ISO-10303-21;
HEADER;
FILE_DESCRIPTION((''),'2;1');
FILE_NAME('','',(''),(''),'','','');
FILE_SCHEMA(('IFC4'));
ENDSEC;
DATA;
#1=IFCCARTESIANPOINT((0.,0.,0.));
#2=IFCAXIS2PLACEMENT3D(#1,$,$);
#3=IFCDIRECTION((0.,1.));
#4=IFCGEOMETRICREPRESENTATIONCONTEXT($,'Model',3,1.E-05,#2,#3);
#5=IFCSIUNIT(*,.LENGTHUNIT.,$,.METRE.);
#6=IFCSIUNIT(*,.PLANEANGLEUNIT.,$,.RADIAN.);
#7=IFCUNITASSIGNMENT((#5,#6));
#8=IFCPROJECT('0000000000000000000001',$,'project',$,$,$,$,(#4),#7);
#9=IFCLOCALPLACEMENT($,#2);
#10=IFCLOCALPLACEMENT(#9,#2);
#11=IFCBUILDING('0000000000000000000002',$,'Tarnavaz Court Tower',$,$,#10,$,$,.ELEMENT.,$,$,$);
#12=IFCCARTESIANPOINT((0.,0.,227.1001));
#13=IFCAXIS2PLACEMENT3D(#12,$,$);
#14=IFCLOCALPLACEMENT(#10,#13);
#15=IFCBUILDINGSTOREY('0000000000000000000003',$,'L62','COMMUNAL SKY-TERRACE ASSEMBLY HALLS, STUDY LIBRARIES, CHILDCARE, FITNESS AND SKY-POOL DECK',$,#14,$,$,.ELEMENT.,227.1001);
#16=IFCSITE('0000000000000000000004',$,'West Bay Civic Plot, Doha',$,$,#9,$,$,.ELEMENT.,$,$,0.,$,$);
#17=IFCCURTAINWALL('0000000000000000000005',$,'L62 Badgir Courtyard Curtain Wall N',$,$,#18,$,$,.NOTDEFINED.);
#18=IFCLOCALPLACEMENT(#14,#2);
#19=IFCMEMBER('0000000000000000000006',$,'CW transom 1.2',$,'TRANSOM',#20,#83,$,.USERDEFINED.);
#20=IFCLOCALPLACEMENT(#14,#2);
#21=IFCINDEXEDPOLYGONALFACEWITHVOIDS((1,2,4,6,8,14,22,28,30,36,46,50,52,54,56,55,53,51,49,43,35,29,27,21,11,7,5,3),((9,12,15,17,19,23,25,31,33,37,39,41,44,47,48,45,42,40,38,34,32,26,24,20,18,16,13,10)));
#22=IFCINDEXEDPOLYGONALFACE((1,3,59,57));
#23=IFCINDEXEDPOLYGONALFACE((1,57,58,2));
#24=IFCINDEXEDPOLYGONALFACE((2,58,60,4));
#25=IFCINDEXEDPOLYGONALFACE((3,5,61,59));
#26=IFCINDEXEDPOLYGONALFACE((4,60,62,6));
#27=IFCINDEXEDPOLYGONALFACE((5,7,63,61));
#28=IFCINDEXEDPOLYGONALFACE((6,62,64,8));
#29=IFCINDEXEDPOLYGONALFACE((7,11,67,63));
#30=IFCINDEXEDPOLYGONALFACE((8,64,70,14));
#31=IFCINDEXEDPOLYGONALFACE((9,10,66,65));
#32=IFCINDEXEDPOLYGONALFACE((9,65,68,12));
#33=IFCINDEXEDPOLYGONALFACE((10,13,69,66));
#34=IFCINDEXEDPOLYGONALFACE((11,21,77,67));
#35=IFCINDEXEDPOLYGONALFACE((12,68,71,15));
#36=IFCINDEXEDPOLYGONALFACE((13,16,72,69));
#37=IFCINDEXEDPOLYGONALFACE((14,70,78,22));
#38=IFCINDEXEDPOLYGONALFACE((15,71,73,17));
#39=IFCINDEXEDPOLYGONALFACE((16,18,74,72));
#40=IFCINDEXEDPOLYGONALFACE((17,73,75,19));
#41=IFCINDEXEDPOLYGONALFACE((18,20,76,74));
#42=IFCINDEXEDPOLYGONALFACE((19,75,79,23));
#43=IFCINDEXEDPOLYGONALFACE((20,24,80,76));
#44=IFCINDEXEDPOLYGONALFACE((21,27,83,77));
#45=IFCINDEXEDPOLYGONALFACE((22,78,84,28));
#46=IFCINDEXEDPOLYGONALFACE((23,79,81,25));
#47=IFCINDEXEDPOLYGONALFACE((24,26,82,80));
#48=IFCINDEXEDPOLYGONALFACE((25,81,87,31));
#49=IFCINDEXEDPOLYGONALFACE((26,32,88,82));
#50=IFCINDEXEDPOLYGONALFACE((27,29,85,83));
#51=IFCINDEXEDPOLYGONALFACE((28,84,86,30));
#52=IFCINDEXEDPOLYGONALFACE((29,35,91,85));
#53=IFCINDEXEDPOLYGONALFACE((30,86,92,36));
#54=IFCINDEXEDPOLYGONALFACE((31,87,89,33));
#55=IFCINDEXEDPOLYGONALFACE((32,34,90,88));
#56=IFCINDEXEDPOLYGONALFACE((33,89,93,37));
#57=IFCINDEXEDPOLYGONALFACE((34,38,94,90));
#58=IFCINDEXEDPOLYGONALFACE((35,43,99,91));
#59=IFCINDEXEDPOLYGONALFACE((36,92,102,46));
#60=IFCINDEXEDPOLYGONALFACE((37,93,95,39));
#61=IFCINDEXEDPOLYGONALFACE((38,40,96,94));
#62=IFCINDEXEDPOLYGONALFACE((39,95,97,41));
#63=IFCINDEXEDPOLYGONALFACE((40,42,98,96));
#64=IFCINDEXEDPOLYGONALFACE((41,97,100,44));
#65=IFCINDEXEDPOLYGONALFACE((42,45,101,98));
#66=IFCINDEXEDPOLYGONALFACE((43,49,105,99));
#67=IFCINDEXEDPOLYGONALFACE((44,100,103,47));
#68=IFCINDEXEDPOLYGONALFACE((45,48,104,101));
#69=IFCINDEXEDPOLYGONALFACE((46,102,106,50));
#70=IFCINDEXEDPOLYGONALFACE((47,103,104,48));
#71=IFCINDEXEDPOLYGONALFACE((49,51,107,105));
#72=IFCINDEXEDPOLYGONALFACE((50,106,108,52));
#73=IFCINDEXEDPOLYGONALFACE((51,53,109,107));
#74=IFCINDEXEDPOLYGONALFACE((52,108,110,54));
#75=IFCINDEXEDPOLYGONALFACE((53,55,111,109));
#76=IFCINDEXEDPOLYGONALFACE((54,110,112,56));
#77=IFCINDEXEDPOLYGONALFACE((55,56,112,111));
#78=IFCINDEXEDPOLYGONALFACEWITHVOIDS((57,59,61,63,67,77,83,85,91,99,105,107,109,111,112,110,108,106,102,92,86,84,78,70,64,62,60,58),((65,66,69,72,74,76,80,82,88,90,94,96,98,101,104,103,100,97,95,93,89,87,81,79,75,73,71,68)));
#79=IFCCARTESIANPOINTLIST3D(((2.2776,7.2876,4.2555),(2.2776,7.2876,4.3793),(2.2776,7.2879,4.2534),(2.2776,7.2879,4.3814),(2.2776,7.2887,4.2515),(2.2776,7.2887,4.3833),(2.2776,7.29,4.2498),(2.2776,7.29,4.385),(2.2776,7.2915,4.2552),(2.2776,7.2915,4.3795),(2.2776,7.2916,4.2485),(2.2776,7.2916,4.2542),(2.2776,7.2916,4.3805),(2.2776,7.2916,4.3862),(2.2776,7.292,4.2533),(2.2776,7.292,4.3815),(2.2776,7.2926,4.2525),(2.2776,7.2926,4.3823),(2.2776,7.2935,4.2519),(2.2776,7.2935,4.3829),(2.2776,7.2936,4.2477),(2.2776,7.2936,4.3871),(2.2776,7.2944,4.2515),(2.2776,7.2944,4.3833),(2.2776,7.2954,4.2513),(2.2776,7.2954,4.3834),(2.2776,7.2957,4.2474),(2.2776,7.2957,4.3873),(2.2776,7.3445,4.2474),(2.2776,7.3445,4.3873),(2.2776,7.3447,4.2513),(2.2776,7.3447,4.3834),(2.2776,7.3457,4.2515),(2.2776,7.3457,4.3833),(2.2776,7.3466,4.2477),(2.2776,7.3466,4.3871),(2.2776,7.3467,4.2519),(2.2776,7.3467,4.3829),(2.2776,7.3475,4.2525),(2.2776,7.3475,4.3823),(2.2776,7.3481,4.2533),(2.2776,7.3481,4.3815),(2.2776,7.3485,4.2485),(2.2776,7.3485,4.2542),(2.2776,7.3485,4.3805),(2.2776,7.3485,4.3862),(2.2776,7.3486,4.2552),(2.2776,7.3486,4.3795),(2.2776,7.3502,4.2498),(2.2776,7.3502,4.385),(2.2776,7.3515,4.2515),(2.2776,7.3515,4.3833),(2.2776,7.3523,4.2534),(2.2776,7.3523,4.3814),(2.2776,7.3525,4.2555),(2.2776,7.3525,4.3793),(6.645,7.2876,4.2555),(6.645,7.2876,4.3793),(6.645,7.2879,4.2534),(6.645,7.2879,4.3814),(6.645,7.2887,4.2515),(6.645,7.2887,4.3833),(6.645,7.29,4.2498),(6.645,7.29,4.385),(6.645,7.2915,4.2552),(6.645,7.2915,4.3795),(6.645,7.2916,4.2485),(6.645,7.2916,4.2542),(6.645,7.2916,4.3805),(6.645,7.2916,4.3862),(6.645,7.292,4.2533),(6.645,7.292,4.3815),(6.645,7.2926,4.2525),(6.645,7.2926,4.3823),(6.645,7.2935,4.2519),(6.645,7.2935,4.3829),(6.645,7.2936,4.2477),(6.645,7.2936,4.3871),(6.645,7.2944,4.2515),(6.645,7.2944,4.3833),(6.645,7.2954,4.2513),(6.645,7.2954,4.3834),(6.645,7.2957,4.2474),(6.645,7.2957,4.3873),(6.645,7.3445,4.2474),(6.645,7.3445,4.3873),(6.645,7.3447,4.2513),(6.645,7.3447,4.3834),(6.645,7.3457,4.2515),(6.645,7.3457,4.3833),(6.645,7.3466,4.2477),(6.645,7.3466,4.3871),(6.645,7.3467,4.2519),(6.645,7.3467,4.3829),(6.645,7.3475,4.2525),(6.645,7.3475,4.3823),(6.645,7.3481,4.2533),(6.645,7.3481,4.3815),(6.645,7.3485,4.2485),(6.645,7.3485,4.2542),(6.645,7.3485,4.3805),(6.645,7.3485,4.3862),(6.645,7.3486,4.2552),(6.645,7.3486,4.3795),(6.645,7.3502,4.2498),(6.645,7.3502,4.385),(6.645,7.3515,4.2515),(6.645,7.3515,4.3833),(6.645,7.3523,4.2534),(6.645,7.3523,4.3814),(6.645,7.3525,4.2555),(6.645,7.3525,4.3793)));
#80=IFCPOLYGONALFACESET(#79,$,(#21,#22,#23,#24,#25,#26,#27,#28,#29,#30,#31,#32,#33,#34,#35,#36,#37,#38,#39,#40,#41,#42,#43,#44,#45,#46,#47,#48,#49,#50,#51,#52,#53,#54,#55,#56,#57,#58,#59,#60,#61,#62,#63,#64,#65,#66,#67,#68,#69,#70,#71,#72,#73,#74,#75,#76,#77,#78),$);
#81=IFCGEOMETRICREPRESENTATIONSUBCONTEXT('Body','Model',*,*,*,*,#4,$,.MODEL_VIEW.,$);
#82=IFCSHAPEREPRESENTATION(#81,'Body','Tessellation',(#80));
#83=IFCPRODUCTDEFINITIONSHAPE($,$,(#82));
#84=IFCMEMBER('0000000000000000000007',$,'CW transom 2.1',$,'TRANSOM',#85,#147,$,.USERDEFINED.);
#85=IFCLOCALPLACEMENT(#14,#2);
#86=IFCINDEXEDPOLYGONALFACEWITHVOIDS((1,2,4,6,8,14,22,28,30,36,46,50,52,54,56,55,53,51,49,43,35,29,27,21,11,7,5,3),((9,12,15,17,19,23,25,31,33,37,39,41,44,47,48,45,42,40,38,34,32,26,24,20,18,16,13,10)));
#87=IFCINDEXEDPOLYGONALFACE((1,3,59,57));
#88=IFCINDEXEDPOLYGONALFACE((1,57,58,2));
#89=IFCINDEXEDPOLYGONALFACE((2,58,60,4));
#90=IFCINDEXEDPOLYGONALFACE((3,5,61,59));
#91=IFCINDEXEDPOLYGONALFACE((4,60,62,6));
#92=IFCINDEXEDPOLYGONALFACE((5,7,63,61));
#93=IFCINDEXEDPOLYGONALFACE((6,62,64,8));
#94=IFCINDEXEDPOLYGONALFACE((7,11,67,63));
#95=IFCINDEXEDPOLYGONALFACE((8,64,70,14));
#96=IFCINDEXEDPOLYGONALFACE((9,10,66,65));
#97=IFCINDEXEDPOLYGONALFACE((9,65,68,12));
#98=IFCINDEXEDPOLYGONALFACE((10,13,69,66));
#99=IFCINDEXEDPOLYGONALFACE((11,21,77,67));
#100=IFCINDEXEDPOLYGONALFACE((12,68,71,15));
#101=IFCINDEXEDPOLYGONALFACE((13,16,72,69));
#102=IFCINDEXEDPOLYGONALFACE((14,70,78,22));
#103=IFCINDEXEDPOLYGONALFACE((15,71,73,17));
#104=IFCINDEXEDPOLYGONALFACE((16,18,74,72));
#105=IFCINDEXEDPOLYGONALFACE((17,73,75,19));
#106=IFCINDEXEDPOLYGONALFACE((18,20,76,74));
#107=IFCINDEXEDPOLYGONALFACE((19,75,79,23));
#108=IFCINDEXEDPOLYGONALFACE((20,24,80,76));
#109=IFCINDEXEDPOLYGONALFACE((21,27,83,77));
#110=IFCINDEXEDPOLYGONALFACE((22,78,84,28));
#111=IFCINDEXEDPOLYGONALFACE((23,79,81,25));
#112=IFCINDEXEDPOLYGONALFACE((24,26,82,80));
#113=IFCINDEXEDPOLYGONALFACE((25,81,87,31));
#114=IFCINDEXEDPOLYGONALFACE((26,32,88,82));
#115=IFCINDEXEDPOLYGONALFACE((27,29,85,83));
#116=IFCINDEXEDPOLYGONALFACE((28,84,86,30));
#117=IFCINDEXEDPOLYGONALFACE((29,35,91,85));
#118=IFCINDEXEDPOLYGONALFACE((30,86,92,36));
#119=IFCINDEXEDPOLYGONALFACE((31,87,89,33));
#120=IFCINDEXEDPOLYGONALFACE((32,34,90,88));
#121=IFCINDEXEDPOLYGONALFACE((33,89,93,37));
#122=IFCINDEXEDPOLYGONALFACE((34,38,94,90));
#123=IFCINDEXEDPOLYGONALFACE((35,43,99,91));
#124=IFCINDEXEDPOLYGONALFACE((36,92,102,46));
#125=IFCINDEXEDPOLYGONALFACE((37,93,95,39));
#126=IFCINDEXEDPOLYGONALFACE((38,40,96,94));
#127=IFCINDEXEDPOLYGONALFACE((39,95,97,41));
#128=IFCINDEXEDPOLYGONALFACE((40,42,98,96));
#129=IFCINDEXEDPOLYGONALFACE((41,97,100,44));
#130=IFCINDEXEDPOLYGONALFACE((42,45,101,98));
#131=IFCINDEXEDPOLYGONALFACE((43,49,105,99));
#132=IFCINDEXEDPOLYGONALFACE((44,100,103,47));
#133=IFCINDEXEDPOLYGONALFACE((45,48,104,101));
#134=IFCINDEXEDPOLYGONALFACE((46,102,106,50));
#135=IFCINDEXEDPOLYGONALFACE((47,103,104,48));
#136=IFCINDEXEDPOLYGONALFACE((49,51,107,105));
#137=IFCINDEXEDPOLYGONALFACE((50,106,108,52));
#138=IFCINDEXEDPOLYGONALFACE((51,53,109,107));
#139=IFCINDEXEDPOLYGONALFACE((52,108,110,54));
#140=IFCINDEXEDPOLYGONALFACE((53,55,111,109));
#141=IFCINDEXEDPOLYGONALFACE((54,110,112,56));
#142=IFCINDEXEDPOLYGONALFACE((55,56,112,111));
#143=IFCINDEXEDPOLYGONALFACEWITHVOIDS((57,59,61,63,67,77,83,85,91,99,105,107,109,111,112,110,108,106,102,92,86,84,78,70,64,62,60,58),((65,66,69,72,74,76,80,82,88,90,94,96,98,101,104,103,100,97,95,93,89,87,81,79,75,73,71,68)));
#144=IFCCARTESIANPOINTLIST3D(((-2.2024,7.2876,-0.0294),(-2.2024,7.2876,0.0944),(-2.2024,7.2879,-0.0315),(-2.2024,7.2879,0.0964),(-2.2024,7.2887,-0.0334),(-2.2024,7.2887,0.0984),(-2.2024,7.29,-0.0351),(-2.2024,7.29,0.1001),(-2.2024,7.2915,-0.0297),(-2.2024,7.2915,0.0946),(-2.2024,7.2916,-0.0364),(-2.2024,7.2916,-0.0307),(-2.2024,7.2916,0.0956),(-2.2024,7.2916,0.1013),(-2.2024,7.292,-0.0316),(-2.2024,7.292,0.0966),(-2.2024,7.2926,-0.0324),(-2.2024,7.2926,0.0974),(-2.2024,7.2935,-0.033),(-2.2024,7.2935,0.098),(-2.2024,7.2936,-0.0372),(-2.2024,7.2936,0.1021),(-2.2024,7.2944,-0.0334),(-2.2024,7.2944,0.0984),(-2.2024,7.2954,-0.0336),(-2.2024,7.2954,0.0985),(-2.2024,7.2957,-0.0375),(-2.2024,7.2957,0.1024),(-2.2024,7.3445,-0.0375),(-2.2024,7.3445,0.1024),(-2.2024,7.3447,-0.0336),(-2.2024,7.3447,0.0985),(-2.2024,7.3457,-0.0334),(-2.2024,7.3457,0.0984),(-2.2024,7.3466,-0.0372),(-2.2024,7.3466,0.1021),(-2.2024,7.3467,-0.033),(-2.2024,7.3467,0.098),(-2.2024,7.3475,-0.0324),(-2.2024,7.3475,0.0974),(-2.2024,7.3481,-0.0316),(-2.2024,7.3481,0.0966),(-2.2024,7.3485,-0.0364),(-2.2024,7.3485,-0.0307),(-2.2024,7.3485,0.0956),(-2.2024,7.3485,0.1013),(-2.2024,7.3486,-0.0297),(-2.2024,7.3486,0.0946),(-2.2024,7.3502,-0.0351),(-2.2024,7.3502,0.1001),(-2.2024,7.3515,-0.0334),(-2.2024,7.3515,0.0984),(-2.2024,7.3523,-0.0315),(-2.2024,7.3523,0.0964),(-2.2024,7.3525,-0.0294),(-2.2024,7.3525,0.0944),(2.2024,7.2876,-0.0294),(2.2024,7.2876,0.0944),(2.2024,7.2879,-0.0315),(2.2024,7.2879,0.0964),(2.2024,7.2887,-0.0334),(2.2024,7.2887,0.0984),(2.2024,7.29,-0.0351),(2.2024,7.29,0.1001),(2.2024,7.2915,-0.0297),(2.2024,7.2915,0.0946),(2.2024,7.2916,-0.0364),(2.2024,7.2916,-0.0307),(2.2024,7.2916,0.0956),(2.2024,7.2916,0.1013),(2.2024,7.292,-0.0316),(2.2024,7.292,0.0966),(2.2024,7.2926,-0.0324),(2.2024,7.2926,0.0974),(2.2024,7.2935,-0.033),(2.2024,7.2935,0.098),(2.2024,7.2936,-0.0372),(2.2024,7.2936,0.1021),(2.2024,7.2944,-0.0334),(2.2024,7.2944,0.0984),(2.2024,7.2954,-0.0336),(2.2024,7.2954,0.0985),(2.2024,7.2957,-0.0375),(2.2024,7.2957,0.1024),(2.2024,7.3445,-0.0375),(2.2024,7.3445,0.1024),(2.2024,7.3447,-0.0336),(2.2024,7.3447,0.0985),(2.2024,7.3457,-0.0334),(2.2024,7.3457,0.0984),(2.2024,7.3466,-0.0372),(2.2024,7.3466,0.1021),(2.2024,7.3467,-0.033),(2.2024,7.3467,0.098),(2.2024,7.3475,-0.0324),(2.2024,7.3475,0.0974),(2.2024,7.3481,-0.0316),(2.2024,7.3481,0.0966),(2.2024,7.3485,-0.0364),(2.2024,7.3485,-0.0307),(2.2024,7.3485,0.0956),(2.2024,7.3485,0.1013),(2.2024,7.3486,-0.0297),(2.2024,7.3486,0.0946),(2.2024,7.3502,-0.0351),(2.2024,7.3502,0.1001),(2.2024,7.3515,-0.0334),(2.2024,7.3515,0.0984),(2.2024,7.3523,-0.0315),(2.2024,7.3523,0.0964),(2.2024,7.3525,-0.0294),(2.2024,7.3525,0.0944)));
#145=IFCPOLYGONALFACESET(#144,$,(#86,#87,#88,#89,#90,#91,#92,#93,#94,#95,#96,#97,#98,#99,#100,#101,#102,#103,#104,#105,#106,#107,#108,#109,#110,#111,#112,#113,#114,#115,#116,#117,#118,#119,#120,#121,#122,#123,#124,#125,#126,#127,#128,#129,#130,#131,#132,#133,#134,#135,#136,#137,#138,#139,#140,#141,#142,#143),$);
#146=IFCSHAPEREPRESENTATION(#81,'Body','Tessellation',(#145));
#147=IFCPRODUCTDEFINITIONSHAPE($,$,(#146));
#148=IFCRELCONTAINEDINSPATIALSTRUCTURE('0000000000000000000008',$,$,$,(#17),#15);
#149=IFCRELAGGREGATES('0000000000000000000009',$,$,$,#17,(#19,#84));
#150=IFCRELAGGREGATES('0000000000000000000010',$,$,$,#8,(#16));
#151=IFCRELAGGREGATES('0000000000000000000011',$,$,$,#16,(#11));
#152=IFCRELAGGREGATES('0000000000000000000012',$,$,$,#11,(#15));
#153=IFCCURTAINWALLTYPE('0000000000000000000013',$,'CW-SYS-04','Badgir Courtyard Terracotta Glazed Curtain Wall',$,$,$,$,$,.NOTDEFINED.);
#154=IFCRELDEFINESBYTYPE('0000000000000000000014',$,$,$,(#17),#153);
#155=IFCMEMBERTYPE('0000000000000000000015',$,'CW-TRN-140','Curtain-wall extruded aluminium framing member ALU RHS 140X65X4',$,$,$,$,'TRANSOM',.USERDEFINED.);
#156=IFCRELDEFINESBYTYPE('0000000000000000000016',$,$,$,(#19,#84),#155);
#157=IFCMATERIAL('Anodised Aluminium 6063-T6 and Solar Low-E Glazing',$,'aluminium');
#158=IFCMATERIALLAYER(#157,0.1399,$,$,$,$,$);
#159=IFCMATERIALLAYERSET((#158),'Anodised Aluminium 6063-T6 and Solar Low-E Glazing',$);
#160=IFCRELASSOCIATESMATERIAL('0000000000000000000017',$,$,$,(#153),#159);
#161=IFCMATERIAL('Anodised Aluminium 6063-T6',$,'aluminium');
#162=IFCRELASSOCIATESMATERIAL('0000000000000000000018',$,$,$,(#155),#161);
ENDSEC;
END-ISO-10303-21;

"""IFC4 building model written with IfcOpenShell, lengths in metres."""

from ifc_helpers import new_model, si_unit, direction, frame, origin, origin_2d, place, context, subcontext, project, spatial, hollow_rectangle, extrude, material, layer, layer_set, material_profile, profile_set, type_object, element, aggregate, save


model = new_model("IFC4")

# Units and contexts
model_context = context("Model", 3, precision=1e-05, world=origin(), true_north=direction((0.0, 1.0)))
body_context = subcontext(model_context, "Body", "Model", "MODEL_VIEW")
ifc_project = project(units=[si_unit("LENGTHUNIT", "METRE"), si_unit("PLANEANGLEUNIT", "RADIAN")], contexts=[model_context])

# Site, building, storey
site_placement = place(None, origin())
site = spatial("IfcSite", under=ifc_project, at=site_placement, Name="West Bay Civic Plot, Doha", CompositionType="ELEMENT", RefElevation=0.0)
building_placement = place(site_placement, origin())
building = spatial("IfcBuilding", under=site, at=building_placement, Name="Tarnavaz Court Tower", CompositionType="ELEMENT")
storey_placement = place(building_placement, frame((0.0, 0.0, 227.1001)))
storey = spatial("IfcBuildingStorey", under=building, at=storey_placement, Name="L62", Description="COMMUNAL SKY-TERRACE ASSEMBLY HALLS, STUDY LIBRARIES, CHILDCARE, FITNESS AND SKY-POOL DECK", CompositionType="ELEMENT", Elevation=227.1001)

# Curtain wall, members
ifc_material_1 = material(Name="Anodised Aluminium 6063-T6 and Solar Low-E Glazing", Category="aluminium")
ifc_layer_1 = layer(ifc_material_1, 0.1399)
ifc_layer_set_1 = layer_set([ifc_layer_1], Name="Anodised Aluminium 6063-T6 and Solar Low-E Glazing")
curtain_wall_type = type_object("IfcCurtainWallType", Name="CW-SYS-04", Description="Badgir Courtyard Terracotta Glazed Curtain Wall", PredefinedType="NOTDEFINED", material=ifc_layer_set_1)
curtain_wall_placement = place(storey_placement, origin())
curtain_wall = element("IfcCurtainWall", 1, at=curtain_wall_placement, inside=storey, type_object=curtain_wall_type, Name="L62 Badgir Courtyard Curtain Wall N", PredefinedType="NOTDEFINED")
ifc_material_2 = material(Name="Anodised Aluminium 6063-T6", Category="aluminium")
ifc_material_profile_1 = material_profile(ifc_material_2, hollow_rectangle(XDim=0.0649, YDim=0.1399, WallThickness=0.0039, InnerFilletRadius=0.0039, OuterFilletRadius=0.0081, at=origin_2d()), Name="ALU RHS 140X65X4")
ifc_profile_set_1 = profile_set([ifc_material_profile_1], Name="Anodised Aluminium 6063-T6")
member_type_1 = type_object("IfcMemberType", Name="CW-TRN-140", Description="Curtain-wall extruded aluminium framing member ALU RHS 140X65X4", ElementType="TRANSOM", PredefinedType="USERDEFINED", material=ifc_profile_set_1)
member_1_placement = place(storey_placement, frame((6.645, 7.3201, 4.3174), z_axis=(-1.0, 0.0, 0.0), x_axis=(0.0, -1.0, 0.0)))
member_1 = element("IfcMember", 2, at=member_1_placement, type_object=member_type_1, Name="CW transom 1.2", ObjectType="TRANSOM", PredefinedType="USERDEFINED", context=body_context, shape_type="SweptSolid", body=[
    extrude(hollow_rectangle(XDim=0.0649, YDim=0.1399, WallThickness=0.0039, InnerFilletRadius=0.0039, OuterFilletRadius=0.0081, at=origin_2d()), origin(), (0.0, 0.0, 1.0), 4.3674),
])
member_2_placement = place(storey_placement, frame((2.2024, 7.3201, 0.0325), z_axis=(-1.0, 0.0, 0.0), x_axis=(0.0, -1.0, 0.0)))
member_2 = element("IfcMember", 3, at=member_2_placement, type_object=member_type_1, Name="CW transom 2.1", ObjectType="TRANSOM", PredefinedType="USERDEFINED", context=body_context, shape_type="SweptSolid", body=[
    extrude(hollow_rectangle(XDim=0.0649, YDim=0.1399, WallThickness=0.0039, InnerFilletRadius=0.0039, OuterFilletRadius=0.0081, at=origin_2d()), origin(), (0.0, 0.0, 1.0), 4.4048),
])
aggregate(curtain_wall, [member_1, member_2])

save(model, "model.ifc")
